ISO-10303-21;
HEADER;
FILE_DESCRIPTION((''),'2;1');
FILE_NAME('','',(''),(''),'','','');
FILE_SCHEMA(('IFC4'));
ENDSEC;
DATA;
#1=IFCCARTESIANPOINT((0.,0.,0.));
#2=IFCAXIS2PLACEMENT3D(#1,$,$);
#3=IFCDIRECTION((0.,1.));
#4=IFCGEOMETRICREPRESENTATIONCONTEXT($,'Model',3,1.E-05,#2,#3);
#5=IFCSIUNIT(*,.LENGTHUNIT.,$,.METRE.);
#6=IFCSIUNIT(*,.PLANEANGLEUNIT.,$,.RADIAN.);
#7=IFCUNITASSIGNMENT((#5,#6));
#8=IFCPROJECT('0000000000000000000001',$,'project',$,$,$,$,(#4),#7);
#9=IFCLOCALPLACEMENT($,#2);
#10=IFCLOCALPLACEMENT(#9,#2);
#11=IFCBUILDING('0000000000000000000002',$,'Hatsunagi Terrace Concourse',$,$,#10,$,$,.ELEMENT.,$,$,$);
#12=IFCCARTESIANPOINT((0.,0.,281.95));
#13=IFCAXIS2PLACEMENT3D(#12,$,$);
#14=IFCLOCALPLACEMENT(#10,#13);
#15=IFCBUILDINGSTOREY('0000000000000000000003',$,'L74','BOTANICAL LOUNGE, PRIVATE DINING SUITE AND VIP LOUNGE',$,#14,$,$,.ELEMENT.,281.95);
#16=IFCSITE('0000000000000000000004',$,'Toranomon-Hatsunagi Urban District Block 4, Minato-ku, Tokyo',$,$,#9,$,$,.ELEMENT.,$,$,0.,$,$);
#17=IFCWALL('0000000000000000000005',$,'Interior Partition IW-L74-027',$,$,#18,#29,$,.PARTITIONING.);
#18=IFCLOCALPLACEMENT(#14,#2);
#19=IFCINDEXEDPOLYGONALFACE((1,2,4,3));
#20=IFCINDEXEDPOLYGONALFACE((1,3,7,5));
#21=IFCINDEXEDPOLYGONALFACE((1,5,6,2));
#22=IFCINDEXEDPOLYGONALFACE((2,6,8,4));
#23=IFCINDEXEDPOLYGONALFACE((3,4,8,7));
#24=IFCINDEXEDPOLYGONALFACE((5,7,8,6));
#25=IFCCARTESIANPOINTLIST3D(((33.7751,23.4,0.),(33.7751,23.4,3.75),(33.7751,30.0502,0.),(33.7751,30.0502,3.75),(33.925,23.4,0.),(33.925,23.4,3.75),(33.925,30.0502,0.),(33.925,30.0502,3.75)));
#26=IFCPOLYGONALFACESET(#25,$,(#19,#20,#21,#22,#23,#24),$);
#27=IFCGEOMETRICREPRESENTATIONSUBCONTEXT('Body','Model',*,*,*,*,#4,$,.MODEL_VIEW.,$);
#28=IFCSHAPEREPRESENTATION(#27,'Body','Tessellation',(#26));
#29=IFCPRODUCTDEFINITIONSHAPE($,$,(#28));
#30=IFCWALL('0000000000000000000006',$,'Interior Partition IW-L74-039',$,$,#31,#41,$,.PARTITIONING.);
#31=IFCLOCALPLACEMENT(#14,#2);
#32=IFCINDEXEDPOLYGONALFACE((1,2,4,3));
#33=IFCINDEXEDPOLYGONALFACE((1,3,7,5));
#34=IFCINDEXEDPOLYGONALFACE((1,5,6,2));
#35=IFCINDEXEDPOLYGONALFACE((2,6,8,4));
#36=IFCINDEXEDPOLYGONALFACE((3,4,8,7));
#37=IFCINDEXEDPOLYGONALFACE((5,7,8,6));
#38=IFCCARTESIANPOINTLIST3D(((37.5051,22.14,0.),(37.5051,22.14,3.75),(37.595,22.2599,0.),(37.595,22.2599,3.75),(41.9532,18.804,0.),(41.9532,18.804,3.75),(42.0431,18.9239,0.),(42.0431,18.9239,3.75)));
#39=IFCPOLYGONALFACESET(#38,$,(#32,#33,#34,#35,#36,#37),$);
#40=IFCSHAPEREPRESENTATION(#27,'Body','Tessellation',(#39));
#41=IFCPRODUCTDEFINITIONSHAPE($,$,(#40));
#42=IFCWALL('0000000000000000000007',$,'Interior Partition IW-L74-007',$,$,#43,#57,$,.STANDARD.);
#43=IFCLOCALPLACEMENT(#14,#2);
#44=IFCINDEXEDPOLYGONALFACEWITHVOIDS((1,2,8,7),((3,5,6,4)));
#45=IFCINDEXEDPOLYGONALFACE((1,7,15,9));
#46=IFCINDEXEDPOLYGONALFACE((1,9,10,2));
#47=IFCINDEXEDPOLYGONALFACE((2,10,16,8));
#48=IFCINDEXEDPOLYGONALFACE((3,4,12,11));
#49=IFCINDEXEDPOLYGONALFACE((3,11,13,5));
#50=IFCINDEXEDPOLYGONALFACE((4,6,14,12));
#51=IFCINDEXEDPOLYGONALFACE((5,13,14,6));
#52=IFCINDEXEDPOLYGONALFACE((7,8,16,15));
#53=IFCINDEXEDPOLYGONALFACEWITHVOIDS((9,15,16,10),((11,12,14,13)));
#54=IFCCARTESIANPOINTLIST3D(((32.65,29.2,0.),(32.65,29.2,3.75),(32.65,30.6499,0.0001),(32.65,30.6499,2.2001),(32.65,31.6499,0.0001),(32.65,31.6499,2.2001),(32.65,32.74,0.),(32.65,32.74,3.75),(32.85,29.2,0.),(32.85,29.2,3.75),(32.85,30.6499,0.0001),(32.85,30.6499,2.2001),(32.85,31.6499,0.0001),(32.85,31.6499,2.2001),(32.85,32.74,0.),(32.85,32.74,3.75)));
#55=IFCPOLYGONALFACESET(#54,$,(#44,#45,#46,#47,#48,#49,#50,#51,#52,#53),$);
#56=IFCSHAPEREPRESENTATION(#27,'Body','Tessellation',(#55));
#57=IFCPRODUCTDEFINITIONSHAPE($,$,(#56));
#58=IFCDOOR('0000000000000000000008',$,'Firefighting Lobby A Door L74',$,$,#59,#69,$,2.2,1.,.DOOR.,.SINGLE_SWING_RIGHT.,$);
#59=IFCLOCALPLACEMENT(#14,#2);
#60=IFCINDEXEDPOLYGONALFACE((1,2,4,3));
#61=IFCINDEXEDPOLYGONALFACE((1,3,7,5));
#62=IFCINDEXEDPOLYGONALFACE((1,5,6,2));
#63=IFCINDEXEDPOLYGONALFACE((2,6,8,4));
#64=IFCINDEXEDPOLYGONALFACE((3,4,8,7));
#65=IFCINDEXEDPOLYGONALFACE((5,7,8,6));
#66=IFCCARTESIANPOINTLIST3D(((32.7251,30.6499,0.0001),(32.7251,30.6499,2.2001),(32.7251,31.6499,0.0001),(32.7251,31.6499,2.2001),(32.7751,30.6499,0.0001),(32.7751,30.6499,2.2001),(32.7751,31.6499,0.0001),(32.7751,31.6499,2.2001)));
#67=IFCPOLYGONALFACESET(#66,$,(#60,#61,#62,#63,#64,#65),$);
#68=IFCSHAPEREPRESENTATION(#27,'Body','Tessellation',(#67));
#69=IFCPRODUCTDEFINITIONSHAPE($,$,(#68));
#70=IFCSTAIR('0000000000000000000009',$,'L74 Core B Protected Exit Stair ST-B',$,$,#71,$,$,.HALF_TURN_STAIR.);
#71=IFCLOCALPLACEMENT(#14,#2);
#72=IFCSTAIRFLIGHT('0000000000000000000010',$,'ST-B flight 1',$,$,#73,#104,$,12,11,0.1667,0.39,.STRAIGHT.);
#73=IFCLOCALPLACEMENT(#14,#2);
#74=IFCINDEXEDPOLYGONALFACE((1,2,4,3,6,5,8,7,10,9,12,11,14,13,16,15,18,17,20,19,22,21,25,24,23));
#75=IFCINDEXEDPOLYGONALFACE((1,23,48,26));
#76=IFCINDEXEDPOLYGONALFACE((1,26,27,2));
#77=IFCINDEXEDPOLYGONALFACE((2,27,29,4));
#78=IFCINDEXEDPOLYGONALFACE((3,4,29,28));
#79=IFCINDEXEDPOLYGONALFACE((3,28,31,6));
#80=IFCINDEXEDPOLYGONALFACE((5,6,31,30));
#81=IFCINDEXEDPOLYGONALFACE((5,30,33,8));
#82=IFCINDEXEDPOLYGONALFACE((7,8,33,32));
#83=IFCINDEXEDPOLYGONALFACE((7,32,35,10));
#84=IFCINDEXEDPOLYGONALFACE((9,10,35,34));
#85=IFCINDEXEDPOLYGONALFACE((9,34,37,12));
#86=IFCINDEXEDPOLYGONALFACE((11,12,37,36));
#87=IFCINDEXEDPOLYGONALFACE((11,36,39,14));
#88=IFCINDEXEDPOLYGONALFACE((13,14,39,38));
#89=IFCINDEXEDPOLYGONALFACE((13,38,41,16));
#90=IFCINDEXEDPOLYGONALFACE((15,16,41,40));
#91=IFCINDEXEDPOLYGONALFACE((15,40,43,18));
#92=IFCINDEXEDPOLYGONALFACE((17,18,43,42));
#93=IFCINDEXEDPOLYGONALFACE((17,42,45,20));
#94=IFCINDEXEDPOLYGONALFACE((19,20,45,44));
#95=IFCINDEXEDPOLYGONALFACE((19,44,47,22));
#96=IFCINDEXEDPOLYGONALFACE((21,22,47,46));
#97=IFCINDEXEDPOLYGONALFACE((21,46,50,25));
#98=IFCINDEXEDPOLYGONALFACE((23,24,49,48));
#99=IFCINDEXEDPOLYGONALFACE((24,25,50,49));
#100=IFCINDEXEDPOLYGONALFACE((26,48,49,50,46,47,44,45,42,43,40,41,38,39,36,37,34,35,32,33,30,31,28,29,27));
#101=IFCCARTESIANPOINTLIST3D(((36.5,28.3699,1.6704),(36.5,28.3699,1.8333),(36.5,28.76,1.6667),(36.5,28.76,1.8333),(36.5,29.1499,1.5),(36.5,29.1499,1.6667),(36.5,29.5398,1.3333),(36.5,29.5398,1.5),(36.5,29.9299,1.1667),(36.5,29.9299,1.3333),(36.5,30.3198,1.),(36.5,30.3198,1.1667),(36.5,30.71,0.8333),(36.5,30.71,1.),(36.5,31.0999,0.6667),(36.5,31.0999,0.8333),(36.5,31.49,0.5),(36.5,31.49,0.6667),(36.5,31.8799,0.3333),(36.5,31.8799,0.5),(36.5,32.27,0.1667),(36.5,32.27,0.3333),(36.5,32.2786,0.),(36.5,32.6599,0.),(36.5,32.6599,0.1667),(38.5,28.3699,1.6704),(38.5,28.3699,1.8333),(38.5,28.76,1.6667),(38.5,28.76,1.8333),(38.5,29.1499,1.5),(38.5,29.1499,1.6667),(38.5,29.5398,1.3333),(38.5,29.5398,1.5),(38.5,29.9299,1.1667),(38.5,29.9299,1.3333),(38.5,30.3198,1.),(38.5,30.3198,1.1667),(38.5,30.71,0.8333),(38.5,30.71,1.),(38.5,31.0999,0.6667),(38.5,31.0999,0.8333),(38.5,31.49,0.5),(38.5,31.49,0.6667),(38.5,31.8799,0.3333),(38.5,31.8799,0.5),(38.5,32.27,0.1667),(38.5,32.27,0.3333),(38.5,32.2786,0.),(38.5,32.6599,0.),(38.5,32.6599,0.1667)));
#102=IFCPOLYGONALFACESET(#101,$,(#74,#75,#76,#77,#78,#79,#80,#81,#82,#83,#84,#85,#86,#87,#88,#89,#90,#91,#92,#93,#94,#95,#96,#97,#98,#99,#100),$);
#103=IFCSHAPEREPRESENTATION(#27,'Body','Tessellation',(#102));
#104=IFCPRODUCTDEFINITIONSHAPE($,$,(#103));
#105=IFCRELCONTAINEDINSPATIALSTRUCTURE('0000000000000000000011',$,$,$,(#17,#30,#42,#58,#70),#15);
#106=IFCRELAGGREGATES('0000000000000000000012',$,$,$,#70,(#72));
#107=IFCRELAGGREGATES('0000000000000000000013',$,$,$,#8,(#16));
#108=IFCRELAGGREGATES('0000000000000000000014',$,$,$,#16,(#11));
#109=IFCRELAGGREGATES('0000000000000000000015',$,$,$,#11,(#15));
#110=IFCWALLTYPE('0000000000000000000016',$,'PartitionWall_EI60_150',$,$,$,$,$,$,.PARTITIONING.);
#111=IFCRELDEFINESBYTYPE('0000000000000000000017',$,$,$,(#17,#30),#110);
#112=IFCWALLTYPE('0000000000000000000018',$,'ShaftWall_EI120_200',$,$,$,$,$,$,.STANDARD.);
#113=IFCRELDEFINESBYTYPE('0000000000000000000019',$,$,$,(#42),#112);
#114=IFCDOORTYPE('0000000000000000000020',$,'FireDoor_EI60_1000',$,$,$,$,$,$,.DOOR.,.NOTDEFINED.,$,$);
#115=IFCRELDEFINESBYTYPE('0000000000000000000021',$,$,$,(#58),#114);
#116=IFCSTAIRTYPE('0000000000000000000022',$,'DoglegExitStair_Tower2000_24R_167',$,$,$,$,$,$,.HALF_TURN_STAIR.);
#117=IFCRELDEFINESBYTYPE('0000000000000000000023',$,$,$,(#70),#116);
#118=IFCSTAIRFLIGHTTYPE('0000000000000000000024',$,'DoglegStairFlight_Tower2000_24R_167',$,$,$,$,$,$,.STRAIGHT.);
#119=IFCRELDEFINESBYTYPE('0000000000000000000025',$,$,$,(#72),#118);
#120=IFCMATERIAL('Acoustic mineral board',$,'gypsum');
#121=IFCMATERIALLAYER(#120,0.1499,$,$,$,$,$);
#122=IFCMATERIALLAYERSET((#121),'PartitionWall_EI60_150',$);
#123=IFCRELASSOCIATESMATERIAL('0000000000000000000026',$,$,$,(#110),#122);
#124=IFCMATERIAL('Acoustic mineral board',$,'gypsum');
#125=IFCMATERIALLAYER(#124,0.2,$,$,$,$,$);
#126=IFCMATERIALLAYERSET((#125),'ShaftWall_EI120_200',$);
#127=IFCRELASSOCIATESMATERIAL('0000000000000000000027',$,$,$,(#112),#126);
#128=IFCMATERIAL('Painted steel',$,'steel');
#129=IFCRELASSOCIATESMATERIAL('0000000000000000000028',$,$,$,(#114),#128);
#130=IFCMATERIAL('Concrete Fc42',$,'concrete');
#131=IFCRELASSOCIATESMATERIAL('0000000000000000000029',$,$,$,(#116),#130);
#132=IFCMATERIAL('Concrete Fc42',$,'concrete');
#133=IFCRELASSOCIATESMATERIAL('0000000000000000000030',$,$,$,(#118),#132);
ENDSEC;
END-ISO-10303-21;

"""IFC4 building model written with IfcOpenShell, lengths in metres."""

from ifc_helpers import new_model, si_unit, direction, frame, frame_2d, origin, place, context, subcontext, project, spatial, polyline, rectangle, outline, extrude, material, layer, layer_set, type_object, element, fill, aggregate, save


model = new_model("IFC4")

# Units and contexts
model_context = context("Model", 3, precision=1e-05, world=origin(), true_north=direction((0.0, 1.0)))
body_context = subcontext(model_context, "Body", "Model", "MODEL_VIEW")
ifc_project = project(units=[si_unit("LENGTHUNIT", "METRE"), si_unit("PLANEANGLEUNIT", "RADIAN")], contexts=[model_context])

# Site, building, storey
site_placement = place(None, origin())
site = spatial("IfcSite", under=ifc_project, at=site_placement, Name="Toranomon-Hatsunagi Urban District Block 4, Minato-ku, Tokyo", CompositionType="ELEMENT", RefElevation=0.0)
building_placement = place(site_placement, origin())
building = spatial("IfcBuilding", under=site, at=building_placement, Name="Hatsunagi Terrace Concourse", CompositionType="ELEMENT")
storey_placement = place(building_placement, frame((0.0, 0.0, 281.95)))
storey = spatial("IfcBuildingStorey", under=building, at=storey_placement, Name="L74", Description="BOTANICAL LOUNGE, PRIVATE DINING SUITE AND VIP LOUNGE", CompositionType="ELEMENT", Elevation=281.95)

# Walls
ifc_material_1 = material(Name="Acoustic mineral board", Category="gypsum")
ifc_layer_1 = layer(ifc_material_1, 0.1499)
ifc_layer_set_1 = layer_set([ifc_layer_1], Name="PartitionWall_EI60_150")
wall_type_1 = type_object("IfcWallType", Name="PartitionWall_EI60_150", PredefinedType="PARTITIONING", material=ifc_layer_set_1)
wall_1_placement = place(storey_placement, frame((33.8501, 23.3999, 0.0), z_axis=(0.0, 0.0, 1.0), x_axis=(0.0, 1.0, 0.0)))
element("IfcWall", 1, at=wall_1_placement, inside=storey, type_object=wall_type_1, Name="Interior Partition IW-L74-027", PredefinedType="PARTITIONING", context=body_context, shape_type="SweptSolid", body=[
    extrude(rectangle(XDim=6.6501, YDim=0.1499, at=frame_2d((3.3252, 0.0))), origin(), (0.0, 0.0, 1.0), 3.75),
])
wall_2_placement = place(storey_placement, frame((37.55, 22.2, 0.0), z_axis=(0.0, 0.0, 1.0), x_axis=(0.800005, -0.599993, 0.0)))
element("IfcWall", 2, at=wall_2_placement, inside=storey, type_object=wall_type_1, Name="Interior Partition IW-L74-039", PredefinedType="PARTITIONING", context=body_context, shape_type="SweptSolid", body=[
    extrude(rectangle(XDim=5.5601, YDim=0.1499, at=frame_2d((2.78, 0.0))), origin(), (0.0, 0.0, 1.0), 3.75),
])

# Wall, opening, door
ifc_material_2 = material(Name="Acoustic mineral board", Category="gypsum")
ifc_layer_2 = layer(ifc_material_2, 0.2)
ifc_layer_set_2 = layer_set([ifc_layer_2], Name="ShaftWall_EI120_200")
wall_type_2 = type_object("IfcWallType", Name="ShaftWall_EI120_200", PredefinedType="STANDARD", material=ifc_layer_set_2)
wall_3_placement = place(storey_placement, frame((32.75, 29.2, 0.0), z_axis=(0.0, 0.0, 1.0), x_axis=(0.0, 1.0, 0.0)))
wall_3 = element("IfcWall", 3, at=wall_3_placement, inside=storey, type_object=wall_type_2, Name="Interior Partition IW-L74-007", PredefinedType="STANDARD", context=body_context, shape_type="SweptSolid", body=[
    extrude(rectangle(XDim=3.54, YDim=0.2, at=frame_2d((1.77, 0.0))), origin(), (0.0, 0.0, 1.0), 3.75),
])
opening_1_placement = place(wall_3_placement, frame((1.45, 0.0, 0.0)))
opening_1 = element("IfcOpeningElement", 4, at=opening_1_placement, cuts=wall_3, PredefinedType="OPENING", context=body_context, shape_type="SweptSolid", body=[
    extrude(rectangle(XDim=1.0, YDim=2.2, at=frame_2d((0.5, 1.1001))), frame((0.0, 0.1099, 0.0), z_axis=(0.0, -1.0, 0.0), x_axis=(1.0, 0.0, 0.0)), (0.0, 0.0, 1.0), 0.22),
])
ifc_material_3 = material(Name="Painted steel", Category="steel")
door_type_1 = type_object("IfcDoorType", Name="FireDoor_EI60_1000", OperationType="NOTDEFINED", PredefinedType="DOOR", material=ifc_material_3)
door_1_placement = place(opening_1_placement, origin())
door_1 = element("IfcDoor", 5, at=door_1_placement, inside=storey, type_object=door_type_1, Name="Firefighting Lobby A Door L74", OperationType="SINGLE_SWING_RIGHT", OverallHeight=2.2, OverallWidth=1.0, PredefinedType="DOOR", context=body_context, shape_type="SweptSolid", body=[
    extrude(rectangle(XDim=1.0, YDim=2.2, at=frame_2d((0.5, 1.1001))), frame((0.0, 0.0249, 0.0), z_axis=(0.0, -1.0, 0.0), x_axis=(1.0, 0.0, 0.0)), (0.0, 0.0, 1.0), 0.05),
])
fill(opening_1, door_1)

# Stair, stair flight
ifc_material_4 = material(Name="Concrete Fc42", Category="concrete")
stair_type = type_object("IfcStairType", Name="DoglegExitStair_Tower2000_24R_167", PredefinedType="HALF_TURN_STAIR", material=ifc_material_4)
stair_placement = place(storey_placement, origin())
stair = element("IfcStair", 6, at=stair_placement, inside=storey, type_object=stair_type, Name="L74 Core B Protected Exit Stair ST-B", PredefinedType="HALF_TURN_STAIR")
ifc_material_5 = material(Name="Concrete Fc42", Category="concrete")
stair_flight_type = type_object("IfcStairFlightType", Name="DoglegStairFlight_Tower2000_24R_167", PredefinedType="STRAIGHT", material=ifc_material_5)
stair_flight_placement = place(storey_placement, frame((37.5, 32.6599, 0.0), z_axis=(0.0, 0.0, 1.0), x_axis=(0.0, -1.0, 0.0)))
stair_flight = element("IfcStairFlight", 7, at=stair_flight_placement, type_object=stair_flight_type, Name="ST-B flight 1", NumberOfRisers=12, NumberOfTreads=11, PredefinedType="STRAIGHT", RiserHeight=0.1667, TreadLength=0.39, context=body_context, shape_type="SweptSolid", body=[
    extrude(outline(polyline([(0.0, 0.0), (0.0, 0.1667), (0.3899, 0.1667), (0.3899, 0.3333), (0.78, 0.3333), (0.78, 0.5), (1.1699, 0.5), (1.1699, 0.6667), (1.5601, 0.6667), (1.5601, 0.8333), (1.95, 0.8333), (1.95, 1.0), (2.3401, 1.0), (2.3401, 1.1667), (2.73, 1.1667), (2.73, 1.3333), (3.1201, 1.3333), (3.1201, 1.5), (3.51, 1.5), (3.51, 1.6667), (3.8999, 1.6667), (3.8999, 1.8333), (4.29, 1.8333), (4.29, 2.0), (4.29, 1.6704), (0.3813, 0.0), (0.0, 0.0)])), frame((0.0, 1.0, 0.0), z_axis=(0.0, -1.0, 0.0), x_axis=(1.0, 0.0, 0.0)), (0.0, 0.0, 1.0), 2.0),
])
aggregate(stair, [stair_flight])

save(model, "model.ifc")
